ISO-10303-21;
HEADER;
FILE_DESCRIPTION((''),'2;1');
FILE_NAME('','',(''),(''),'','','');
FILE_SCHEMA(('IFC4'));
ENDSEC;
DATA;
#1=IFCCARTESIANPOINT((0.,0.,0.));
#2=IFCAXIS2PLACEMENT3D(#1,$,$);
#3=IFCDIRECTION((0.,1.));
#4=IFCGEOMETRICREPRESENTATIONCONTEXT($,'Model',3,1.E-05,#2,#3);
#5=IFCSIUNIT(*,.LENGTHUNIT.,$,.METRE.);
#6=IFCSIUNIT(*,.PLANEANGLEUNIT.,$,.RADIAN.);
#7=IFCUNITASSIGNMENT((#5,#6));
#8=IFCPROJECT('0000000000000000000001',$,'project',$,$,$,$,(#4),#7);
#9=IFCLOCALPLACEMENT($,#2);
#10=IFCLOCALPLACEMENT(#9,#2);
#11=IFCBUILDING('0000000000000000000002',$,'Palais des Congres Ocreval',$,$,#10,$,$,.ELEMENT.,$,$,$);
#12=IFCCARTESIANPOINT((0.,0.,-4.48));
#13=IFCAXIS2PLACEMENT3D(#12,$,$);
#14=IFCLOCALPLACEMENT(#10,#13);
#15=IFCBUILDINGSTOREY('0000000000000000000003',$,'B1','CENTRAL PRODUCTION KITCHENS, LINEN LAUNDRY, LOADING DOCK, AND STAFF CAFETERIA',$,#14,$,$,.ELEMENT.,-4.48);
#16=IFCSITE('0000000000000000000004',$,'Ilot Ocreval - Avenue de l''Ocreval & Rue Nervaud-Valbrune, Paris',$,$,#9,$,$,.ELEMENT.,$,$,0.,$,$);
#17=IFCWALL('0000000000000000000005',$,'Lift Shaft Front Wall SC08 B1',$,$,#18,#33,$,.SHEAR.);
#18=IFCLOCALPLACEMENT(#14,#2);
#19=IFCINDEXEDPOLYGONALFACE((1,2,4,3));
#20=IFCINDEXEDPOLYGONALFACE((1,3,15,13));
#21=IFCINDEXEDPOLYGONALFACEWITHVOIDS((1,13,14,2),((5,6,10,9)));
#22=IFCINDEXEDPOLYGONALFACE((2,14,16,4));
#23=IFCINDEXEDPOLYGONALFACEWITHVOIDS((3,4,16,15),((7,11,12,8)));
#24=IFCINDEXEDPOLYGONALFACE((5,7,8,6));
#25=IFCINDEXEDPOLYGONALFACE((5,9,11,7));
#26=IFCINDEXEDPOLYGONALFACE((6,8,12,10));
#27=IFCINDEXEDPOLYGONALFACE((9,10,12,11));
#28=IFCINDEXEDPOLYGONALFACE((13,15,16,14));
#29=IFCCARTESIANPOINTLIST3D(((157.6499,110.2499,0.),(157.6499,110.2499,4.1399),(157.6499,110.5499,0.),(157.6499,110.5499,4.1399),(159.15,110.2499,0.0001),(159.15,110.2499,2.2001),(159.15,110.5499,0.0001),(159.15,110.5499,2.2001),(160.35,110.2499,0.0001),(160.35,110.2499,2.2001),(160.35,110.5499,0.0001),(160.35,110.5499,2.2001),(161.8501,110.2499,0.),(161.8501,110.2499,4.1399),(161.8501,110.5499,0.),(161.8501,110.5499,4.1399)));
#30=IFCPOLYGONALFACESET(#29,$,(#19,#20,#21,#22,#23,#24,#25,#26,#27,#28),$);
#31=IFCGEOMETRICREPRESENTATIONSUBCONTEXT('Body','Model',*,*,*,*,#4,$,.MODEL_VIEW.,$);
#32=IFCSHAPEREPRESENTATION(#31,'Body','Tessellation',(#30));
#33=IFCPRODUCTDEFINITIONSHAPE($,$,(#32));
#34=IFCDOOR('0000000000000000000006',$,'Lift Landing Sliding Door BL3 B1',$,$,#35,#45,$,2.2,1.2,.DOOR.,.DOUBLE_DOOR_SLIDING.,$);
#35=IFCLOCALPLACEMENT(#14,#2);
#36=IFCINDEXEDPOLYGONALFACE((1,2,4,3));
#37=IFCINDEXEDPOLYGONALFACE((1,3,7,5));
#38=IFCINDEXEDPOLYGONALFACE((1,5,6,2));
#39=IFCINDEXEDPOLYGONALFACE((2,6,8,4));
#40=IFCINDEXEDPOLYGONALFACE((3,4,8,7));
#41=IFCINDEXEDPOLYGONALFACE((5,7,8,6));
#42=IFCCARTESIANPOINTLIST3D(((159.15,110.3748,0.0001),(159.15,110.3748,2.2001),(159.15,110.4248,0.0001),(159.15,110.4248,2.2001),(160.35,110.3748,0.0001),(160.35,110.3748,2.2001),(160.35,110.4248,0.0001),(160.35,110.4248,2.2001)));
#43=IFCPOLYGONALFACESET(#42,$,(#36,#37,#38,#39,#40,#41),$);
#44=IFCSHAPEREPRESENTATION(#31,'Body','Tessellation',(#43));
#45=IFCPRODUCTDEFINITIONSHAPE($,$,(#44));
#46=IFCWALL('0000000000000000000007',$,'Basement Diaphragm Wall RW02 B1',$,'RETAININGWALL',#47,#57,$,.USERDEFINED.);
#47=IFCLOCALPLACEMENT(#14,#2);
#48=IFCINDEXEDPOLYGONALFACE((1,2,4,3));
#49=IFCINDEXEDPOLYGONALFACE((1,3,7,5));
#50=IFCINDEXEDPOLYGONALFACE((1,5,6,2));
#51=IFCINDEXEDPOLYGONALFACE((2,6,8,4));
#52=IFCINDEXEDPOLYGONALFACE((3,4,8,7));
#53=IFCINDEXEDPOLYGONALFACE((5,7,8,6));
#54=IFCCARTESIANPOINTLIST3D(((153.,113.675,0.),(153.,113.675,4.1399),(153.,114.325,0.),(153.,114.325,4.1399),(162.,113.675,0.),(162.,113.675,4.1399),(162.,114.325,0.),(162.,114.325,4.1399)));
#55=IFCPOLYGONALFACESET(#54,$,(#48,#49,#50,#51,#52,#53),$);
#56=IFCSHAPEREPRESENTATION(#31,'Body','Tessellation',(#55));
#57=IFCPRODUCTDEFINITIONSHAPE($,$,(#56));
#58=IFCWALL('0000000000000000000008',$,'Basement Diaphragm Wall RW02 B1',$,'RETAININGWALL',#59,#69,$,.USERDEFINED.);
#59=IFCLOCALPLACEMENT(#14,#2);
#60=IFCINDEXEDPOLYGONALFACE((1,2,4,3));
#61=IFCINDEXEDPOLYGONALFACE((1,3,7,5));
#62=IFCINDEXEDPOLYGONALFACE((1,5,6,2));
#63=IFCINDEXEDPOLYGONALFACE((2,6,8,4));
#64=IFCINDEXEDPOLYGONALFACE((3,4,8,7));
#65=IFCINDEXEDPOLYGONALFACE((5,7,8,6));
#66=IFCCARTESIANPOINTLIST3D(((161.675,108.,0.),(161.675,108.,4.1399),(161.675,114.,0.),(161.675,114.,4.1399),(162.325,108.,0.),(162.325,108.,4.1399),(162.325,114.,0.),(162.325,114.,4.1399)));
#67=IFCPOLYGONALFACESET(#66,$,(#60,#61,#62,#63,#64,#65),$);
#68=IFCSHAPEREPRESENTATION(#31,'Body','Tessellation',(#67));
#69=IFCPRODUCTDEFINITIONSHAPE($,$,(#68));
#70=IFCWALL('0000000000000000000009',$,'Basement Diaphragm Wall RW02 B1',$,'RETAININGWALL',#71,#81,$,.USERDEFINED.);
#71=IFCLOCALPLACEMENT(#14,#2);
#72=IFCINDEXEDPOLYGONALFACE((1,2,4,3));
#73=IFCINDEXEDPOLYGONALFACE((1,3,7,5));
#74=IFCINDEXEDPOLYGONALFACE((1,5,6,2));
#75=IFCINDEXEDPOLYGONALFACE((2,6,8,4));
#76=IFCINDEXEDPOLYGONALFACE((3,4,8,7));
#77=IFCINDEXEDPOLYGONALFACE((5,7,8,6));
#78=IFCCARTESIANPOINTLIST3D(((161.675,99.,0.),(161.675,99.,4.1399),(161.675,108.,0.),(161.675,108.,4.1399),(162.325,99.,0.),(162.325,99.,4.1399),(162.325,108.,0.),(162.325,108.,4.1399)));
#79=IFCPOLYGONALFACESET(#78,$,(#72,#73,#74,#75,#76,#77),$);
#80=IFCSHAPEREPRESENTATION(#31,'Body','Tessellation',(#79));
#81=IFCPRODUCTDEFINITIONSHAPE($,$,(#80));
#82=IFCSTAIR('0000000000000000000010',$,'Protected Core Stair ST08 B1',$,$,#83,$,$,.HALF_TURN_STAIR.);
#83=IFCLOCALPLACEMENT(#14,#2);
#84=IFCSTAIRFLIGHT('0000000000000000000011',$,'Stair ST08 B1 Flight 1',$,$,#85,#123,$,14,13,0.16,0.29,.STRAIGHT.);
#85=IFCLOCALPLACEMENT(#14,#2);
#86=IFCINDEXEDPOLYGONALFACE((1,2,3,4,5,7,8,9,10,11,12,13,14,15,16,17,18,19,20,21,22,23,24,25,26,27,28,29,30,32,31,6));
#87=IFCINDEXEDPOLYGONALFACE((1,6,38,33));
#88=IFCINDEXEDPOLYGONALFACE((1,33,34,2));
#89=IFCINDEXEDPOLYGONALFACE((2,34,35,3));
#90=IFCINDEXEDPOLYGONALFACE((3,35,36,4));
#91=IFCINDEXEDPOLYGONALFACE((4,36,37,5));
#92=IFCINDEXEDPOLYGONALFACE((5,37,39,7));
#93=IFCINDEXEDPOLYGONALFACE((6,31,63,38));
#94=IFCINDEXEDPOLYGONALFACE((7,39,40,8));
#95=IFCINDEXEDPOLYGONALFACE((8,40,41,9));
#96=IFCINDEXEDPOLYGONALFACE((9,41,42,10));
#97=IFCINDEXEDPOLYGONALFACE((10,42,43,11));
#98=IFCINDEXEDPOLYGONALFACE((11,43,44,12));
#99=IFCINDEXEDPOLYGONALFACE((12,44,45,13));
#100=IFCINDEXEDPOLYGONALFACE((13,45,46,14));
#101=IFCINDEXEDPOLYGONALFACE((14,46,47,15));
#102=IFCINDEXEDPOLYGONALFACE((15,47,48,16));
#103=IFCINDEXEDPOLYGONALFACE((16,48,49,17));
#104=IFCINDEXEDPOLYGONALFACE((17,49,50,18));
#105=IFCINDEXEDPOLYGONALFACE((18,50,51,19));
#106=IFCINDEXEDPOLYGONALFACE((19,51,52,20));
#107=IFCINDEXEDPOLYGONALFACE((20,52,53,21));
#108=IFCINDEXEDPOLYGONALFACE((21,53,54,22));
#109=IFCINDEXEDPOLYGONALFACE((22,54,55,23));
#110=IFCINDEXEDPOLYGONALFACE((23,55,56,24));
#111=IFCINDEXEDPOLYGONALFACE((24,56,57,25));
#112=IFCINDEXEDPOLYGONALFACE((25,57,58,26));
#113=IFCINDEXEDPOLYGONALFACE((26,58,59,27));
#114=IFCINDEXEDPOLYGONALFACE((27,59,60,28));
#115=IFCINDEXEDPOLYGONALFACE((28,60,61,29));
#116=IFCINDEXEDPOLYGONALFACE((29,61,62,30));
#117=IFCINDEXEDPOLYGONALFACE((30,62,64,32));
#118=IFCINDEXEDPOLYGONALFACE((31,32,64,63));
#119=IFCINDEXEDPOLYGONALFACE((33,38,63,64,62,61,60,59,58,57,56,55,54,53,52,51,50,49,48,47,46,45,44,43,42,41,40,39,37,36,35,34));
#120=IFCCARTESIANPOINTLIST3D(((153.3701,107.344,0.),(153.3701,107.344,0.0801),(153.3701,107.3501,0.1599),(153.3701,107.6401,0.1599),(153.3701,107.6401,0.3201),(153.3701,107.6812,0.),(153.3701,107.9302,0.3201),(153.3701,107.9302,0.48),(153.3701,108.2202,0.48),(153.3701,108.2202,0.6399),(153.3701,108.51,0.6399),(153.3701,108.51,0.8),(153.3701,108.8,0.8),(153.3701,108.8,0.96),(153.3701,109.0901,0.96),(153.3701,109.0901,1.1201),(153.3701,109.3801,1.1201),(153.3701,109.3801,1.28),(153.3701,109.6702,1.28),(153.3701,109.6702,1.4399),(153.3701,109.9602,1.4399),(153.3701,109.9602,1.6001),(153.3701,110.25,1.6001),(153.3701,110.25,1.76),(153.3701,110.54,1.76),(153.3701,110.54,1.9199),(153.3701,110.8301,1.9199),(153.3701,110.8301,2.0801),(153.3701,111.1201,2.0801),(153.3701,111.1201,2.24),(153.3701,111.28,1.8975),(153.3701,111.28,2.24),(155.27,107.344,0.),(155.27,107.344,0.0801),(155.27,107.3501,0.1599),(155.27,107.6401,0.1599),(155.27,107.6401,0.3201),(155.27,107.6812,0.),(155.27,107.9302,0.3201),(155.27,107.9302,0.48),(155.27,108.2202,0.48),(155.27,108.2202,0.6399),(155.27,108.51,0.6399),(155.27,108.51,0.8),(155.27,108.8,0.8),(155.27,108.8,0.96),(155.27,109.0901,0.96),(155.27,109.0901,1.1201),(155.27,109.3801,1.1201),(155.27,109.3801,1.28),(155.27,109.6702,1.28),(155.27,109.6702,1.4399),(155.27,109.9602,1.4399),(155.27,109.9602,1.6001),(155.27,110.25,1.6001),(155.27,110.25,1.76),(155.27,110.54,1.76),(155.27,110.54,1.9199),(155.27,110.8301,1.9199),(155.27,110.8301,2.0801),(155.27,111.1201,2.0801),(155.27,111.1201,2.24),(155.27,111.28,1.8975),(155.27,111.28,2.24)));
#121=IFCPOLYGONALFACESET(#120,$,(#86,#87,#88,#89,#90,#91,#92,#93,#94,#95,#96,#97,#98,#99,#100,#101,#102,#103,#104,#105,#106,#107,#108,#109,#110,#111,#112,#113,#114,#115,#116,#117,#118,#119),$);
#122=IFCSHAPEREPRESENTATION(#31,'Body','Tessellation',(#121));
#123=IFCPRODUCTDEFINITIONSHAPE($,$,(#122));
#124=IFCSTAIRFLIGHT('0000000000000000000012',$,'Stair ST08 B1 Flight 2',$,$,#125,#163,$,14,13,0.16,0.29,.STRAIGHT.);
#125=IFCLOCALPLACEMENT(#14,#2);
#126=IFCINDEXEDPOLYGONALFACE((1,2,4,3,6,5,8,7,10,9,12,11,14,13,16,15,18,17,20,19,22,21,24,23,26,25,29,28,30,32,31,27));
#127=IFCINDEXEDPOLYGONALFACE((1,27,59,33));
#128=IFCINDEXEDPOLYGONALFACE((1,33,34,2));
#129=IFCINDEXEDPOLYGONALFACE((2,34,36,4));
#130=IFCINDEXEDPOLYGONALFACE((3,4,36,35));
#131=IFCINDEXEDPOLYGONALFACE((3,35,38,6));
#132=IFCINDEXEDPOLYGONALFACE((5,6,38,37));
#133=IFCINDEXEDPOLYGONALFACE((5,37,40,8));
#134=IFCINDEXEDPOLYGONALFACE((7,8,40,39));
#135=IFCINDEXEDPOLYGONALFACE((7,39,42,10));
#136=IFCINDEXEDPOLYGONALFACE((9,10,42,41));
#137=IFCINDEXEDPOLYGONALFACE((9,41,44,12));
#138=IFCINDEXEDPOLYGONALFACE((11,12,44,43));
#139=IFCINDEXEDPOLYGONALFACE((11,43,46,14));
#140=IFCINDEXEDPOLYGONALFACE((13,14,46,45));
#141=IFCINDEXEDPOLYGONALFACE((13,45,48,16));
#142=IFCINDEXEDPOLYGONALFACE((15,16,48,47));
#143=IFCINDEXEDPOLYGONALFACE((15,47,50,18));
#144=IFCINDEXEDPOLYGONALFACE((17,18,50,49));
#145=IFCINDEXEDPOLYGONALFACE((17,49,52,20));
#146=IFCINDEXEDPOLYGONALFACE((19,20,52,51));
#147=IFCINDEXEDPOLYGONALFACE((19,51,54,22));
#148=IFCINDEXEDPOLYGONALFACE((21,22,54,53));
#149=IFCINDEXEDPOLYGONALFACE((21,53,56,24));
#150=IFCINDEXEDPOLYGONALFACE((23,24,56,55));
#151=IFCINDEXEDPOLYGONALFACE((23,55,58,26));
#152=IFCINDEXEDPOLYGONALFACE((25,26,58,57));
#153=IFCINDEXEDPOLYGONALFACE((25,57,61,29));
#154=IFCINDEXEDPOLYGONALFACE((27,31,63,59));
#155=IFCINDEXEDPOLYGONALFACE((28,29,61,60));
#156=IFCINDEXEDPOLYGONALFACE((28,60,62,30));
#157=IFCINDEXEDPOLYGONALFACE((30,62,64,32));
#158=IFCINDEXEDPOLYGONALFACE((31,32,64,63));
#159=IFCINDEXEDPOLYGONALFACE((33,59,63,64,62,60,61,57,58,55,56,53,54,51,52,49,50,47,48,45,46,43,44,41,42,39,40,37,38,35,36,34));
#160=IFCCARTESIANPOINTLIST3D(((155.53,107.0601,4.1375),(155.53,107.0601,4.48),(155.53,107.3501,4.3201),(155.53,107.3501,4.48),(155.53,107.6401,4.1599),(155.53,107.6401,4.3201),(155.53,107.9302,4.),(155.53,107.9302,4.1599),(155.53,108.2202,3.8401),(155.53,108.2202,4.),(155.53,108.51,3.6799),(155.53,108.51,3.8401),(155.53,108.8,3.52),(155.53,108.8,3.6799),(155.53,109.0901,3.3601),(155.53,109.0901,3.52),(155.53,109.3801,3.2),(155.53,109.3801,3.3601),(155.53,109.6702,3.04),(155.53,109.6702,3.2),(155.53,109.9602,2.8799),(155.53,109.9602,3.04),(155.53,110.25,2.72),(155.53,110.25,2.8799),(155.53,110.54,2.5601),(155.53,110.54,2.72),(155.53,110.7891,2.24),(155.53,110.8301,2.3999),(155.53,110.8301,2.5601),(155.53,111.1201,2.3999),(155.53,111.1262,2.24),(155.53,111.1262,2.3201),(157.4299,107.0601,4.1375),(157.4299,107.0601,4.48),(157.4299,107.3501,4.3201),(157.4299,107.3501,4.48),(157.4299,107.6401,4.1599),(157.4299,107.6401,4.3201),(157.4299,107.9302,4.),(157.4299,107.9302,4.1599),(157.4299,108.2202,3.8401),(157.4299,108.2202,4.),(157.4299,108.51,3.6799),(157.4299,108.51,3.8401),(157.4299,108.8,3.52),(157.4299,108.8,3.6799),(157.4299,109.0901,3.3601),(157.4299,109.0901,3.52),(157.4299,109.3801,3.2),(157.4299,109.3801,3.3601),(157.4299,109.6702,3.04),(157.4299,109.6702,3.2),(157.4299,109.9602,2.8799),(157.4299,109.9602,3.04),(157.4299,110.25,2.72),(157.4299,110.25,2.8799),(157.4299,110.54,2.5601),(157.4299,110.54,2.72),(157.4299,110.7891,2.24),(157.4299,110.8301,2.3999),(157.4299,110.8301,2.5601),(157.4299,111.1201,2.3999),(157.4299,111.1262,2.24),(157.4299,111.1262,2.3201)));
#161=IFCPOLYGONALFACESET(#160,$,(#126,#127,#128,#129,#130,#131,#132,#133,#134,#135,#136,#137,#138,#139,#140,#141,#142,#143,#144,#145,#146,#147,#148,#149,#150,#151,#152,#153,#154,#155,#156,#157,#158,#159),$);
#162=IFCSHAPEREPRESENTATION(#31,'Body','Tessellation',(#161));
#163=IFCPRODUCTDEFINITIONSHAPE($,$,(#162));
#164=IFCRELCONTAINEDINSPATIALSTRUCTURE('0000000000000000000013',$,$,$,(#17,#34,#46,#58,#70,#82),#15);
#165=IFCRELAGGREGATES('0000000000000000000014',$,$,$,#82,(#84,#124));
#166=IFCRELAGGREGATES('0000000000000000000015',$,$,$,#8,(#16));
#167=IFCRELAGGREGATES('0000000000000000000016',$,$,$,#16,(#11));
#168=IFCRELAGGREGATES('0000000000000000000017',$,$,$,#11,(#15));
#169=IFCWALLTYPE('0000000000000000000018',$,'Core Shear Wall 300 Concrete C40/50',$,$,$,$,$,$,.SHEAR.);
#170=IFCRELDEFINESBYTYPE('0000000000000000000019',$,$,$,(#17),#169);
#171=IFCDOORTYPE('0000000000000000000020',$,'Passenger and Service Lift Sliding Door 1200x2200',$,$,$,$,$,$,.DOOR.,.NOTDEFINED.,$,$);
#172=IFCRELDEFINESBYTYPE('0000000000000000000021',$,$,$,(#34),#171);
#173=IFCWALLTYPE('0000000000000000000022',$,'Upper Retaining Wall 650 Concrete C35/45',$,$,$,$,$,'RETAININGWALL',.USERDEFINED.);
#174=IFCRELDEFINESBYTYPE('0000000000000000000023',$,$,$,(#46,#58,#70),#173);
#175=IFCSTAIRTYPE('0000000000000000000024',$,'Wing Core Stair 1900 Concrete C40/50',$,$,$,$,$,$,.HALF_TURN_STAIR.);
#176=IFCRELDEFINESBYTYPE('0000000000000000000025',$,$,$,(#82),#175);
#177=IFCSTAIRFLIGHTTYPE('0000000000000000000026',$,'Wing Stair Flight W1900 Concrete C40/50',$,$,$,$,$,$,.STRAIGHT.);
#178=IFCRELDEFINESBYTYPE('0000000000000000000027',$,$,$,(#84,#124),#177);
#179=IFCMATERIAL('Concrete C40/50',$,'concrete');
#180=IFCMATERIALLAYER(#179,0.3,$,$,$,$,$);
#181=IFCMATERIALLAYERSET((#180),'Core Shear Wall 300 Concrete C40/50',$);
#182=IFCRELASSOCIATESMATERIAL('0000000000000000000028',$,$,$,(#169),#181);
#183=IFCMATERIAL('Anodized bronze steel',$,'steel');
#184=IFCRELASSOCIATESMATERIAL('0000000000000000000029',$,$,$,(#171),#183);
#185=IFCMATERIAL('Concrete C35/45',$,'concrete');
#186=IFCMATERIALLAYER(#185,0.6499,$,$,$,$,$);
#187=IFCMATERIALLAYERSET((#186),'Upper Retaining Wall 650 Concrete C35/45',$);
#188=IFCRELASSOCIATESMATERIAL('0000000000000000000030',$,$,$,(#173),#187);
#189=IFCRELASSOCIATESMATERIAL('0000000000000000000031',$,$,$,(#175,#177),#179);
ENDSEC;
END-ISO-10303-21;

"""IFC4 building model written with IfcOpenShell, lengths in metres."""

from ifc_helpers import new_model, si_unit, direction, frame, frame_2d, origin, place, context, subcontext, project, spatial, polyline, rectangle, outline, extrude, material, layer, layer_set, type_object, element, fill, aggregate, save


model = new_model("IFC4")

# Units and contexts
model_context = context("Model", 3, precision=1e-05, world=origin(), true_north=direction((0.0, 1.0)))
body_context = subcontext(model_context, "Body", "Model", "MODEL_VIEW")
ifc_project = project(units=[si_unit("LENGTHUNIT", "METRE"), si_unit("PLANEANGLEUNIT", "RADIAN")], contexts=[model_context])

# Site, building, storey
site_placement = place(None, origin())
site = spatial("IfcSite", under=ifc_project, at=site_placement, Name="Ilot Ocreval - Avenue de l'Ocreval & Rue Nervaud-Valbrune, Paris", CompositionType="ELEMENT", RefElevation=0.0)
building_placement = place(site_placement, origin())
building = spatial("IfcBuilding", under=site, at=building_placement, Name="Palais des Congres Ocreval", CompositionType="ELEMENT")
storey_placement = place(building_placement, frame((0.0, 0.0, -4.48)))
storey = spatial("IfcBuildingStorey", under=building, at=storey_placement, Name="B1", Description="CENTRAL PRODUCTION KITCHENS, LINEN LAUNDRY, LOADING DOCK, AND STAFF CAFETERIA", CompositionType="ELEMENT", Elevation=-4.48)

# Shared definitions
ifc_material_1 = material(Name="Concrete C35/45", Category="concrete")

# Wall, opening, door
ifc_material_2 = material(Name="Concrete C40/50", Category="concrete")
ifc_layer_1 = layer(ifc_material_2, 0.3)
ifc_layer_set_1 = layer_set([ifc_layer_1], Name="Core Shear Wall 300 Concrete C40/50")
wall_type_1 = type_object("IfcWallType", Name="Core Shear Wall 300 Concrete C40/50", PredefinedType="SHEAR", material=ifc_layer_set_1)
wall_1_placement = place(storey_placement, frame((157.6499, 110.3999, 0.0), z_axis=(0.0, 0.0, 1.0), x_axis=(1.0, 0.0, 0.0)))
wall_1 = element("IfcWall", 1, at=wall_1_placement, inside=storey, type_object=wall_type_1, Name="Lift Shaft Front Wall SC08 B1", PredefinedType="SHEAR", context=body_context, shape_type="SweptSolid", body=[
    extrude(rectangle(XDim=4.2002, YDim=0.3, at=frame_2d((2.1001, 0.0))), origin(), (0.0, 0.0, 1.0), 4.1399),
])
opening_placement = place(wall_1_placement, frame((1.5, 0.0, 0.0)))
opening = element("IfcOpeningElement", 2, at=opening_placement, cuts=wall_1, PredefinedType="OPENING", context=body_context, shape_type="SweptSolid", body=[
    extrude(rectangle(XDim=1.2, YDim=2.2, at=frame_2d((0.6001, 1.1001))), frame((0.0, 0.1599, 0.0), z_axis=(0.0, -1.0, 0.0), x_axis=(1.0, 0.0, 0.0)), (0.0, 0.0, 1.0), 0.3201),
])
ifc_material_3 = material(Name="Anodized bronze steel", Category="steel")
door_type = type_object("IfcDoorType", Name="Passenger and Service Lift Sliding Door 1200x2200", OperationType="NOTDEFINED", PredefinedType="DOOR", material=ifc_material_3)
door_placement = place(opening_placement, origin())
door = element("IfcDoor", 3, at=door_placement, inside=storey, type_object=door_type, Name="Lift Landing Sliding Door BL3 B1", OperationType="DOUBLE_DOOR_SLIDING", OverallHeight=2.2, OverallWidth=1.2, PredefinedType="DOOR", context=body_context, shape_type="SweptSolid", body=[
    extrude(rectangle(XDim=1.2, YDim=2.2, at=frame_2d((0.6001, 1.1001))), frame((0.0, 0.0249, 0.0), z_axis=(0.0, -1.0, 0.0), x_axis=(1.0, 0.0, 0.0)), (0.0, 0.0, 1.0), 0.05),
])
fill(opening, door)

# Walls
ifc_layer_2 = layer(ifc_material_1, 0.6499)
ifc_layer_set_2 = layer_set([ifc_layer_2], Name="Upper Retaining Wall 650 Concrete C35/45")
wall_type_2 = type_object("IfcWallType", Name="Upper Retaining Wall 650 Concrete C35/45", ElementType="RETAININGWALL", PredefinedType="USERDEFINED", material=ifc_layer_set_2)
wall_2_placement = place(storey_placement, frame((153.0, 114.0, 0.0), z_axis=(0.0, 0.0, 1.0), x_axis=(1.0, 0.0, 0.0)))
element("IfcWall", 4, at=wall_2_placement, inside=storey, type_object=wall_type_2, Name="Basement Diaphragm Wall RW02 B1", ObjectType="RETAININGWALL", PredefinedType="USERDEFINED", context=body_context, shape_type="SweptSolid", body=[
    extrude(rectangle(XDim=9.0, YDim=0.6499, at=frame_2d((4.5, 0.0))), origin(), (0.0, 0.0, 1.0), 4.1399),
])
wall_3_placement = place(storey_placement, frame((162.0, 114.0, 0.0), z_axis=(0.0, 0.0, 1.0), x_axis=(0.0, -1.0, 0.0)))
element("IfcWall", 5, at=wall_3_placement, inside=storey, type_object=wall_type_2, Name="Basement Diaphragm Wall RW02 B1", ObjectType="RETAININGWALL", PredefinedType="USERDEFINED", context=body_context, shape_type="SweptSolid", body=[
    extrude(rectangle(XDim=6.0, YDim=0.6499, at=frame_2d((3.0, 0.0))), origin(), (0.0, 0.0, 1.0), 4.1399),
])
wall_4_placement = place(storey_placement, frame((162.0, 108.0, 0.0), z_axis=(0.0, 0.0, 1.0), x_axis=(0.0, -1.0, 0.0)))
element("IfcWall", 6, at=wall_4_placement, inside=storey, type_object=wall_type_2, Name="Basement Diaphragm Wall RW02 B1", ObjectType="RETAININGWALL", PredefinedType="USERDEFINED", context=body_context, shape_type="SweptSolid", body=[
    extrude(rectangle(XDim=9.0, YDim=0.6499, at=frame_2d((4.5, 0.0))), origin(), (0.0, 0.0, 1.0), 4.1399),
])

# Stair, stair flights
stair_type = type_object("IfcStairType", Name="Wing Core Stair 1900 Concrete C40/50", PredefinedType="HALF_TURN_STAIR", material=ifc_material_2)
stair_placement = place(storey_placement, origin())
stair = element("IfcStair", 7, at=stair_placement, inside=storey, type_object=stair_type, Name="Protected Core Stair ST08 B1", PredefinedType="HALF_TURN_STAIR")
stair_flight_type = type_object("IfcStairFlightType", Name="Wing Stair Flight W1900 Concrete C40/50", PredefinedType="STRAIGHT", material=ifc_material_2)
stair_flight_1_placement = place(storey_placement, frame((154.3201, 107.3501, 0.0), z_axis=(0.0, 0.0, 1.0), x_axis=(0.0, 1.0, 0.0)))
stair_flight_1 = element("IfcStairFlight", 8, at=stair_flight_1_placement, type_object=stair_flight_type, Name="Stair ST08 B1 Flight 1", NumberOfRisers=14, NumberOfTreads=13, PredefinedType="STRAIGHT", RiserHeight=0.16, TreadLength=0.29, context=body_context, shape_type="SweptSolid", body=[
    extrude(outline(polyline([(-0.0061, 0.0), (-0.0061, 0.0801), (0.0, 0.1599), (0.29, 0.1599), (0.29, 0.3201), (0.5801, 0.3201), (0.5801, 0.48), (0.8701, 0.48), (0.8701, 0.6399), (1.1599, 0.6399), (1.1599, 0.8), (1.45, 0.8), (1.45, 0.96), (1.74, 0.96), (1.74, 1.1201), (2.03, 1.1201), (2.03, 1.28), (2.3201, 1.28), (2.3201, 1.4399), (2.6101, 1.4399), (2.6101, 1.6001), (2.8999, 1.6001), (2.8999, 1.76), (3.1899, 1.76), (3.1899, 1.9199), (3.48, 1.9199), (3.48, 2.0801), (3.77, 2.0801), (3.77, 2.24), (3.9299, 2.24), (3.9299, 1.8975), (0.3311, 0.0), (-0.0061, 0.0)])), frame((0.0, 0.95, 0.0), z_axis=(0.0, -1.0, 0.0), x_axis=(1.0, 0.0, 0.0)), (0.0, 0.0, 1.0), 1.8999),
])
stair_flight_2_placement = place(storey_placement, frame((156.48, 111.1201, 2.24), z_axis=(0.0, 0.0, 1.0), x_axis=(0.0, -1.0, 0.0)))
stair_flight_2 = element("IfcStairFlight", 9, at=stair_flight_2_placement, type_object=stair_flight_type, Name="Stair ST08 B1 Flight 2", NumberOfRisers=14, NumberOfTreads=13, PredefinedType="STRAIGHT", RiserHeight=0.16, TreadLength=0.29, context=body_context, shape_type="SweptSolid", body=[
    extrude(outline(polyline([(-0.0061, 0.0), (-0.0061, 0.0801), (0.0, 0.1599), (0.29, 0.1599), (0.29, 0.3201), (0.5801, 0.3201), (0.5801, 0.48), (0.8701, 0.48), (0.8701, 0.6399), (1.1599, 0.6399), (1.1599, 0.8), (1.45, 0.8), (1.45, 0.96), (1.74, 0.96), (1.74, 1.1201), (2.03, 1.1201), (2.03, 1.28), (2.3201, 1.28), (2.3201, 1.4399), (2.6101, 1.4399), (2.6101, 1.6001), (2.8999, 1.6001), (2.8999, 1.76), (3.1899, 1.76), (3.1899, 1.9199), (3.48, 1.9199), (3.48, 2.0801), (3.77, 2.0801), (3.77, 2.24), (4.0601, 2.24), (4.0601, 1.8975), (0.3311, 0.0), (-0.0061, 0.0)])), frame((0.0, 0.95, 0.0), z_axis=(0.0, -1.0, 0.0), x_axis=(1.0, 0.0, 0.0)), (0.0, 0.0, 1.0), 1.8999),
])
aggregate(stair, [stair_flight_1, stair_flight_2])

save(model, "model.ifc")
